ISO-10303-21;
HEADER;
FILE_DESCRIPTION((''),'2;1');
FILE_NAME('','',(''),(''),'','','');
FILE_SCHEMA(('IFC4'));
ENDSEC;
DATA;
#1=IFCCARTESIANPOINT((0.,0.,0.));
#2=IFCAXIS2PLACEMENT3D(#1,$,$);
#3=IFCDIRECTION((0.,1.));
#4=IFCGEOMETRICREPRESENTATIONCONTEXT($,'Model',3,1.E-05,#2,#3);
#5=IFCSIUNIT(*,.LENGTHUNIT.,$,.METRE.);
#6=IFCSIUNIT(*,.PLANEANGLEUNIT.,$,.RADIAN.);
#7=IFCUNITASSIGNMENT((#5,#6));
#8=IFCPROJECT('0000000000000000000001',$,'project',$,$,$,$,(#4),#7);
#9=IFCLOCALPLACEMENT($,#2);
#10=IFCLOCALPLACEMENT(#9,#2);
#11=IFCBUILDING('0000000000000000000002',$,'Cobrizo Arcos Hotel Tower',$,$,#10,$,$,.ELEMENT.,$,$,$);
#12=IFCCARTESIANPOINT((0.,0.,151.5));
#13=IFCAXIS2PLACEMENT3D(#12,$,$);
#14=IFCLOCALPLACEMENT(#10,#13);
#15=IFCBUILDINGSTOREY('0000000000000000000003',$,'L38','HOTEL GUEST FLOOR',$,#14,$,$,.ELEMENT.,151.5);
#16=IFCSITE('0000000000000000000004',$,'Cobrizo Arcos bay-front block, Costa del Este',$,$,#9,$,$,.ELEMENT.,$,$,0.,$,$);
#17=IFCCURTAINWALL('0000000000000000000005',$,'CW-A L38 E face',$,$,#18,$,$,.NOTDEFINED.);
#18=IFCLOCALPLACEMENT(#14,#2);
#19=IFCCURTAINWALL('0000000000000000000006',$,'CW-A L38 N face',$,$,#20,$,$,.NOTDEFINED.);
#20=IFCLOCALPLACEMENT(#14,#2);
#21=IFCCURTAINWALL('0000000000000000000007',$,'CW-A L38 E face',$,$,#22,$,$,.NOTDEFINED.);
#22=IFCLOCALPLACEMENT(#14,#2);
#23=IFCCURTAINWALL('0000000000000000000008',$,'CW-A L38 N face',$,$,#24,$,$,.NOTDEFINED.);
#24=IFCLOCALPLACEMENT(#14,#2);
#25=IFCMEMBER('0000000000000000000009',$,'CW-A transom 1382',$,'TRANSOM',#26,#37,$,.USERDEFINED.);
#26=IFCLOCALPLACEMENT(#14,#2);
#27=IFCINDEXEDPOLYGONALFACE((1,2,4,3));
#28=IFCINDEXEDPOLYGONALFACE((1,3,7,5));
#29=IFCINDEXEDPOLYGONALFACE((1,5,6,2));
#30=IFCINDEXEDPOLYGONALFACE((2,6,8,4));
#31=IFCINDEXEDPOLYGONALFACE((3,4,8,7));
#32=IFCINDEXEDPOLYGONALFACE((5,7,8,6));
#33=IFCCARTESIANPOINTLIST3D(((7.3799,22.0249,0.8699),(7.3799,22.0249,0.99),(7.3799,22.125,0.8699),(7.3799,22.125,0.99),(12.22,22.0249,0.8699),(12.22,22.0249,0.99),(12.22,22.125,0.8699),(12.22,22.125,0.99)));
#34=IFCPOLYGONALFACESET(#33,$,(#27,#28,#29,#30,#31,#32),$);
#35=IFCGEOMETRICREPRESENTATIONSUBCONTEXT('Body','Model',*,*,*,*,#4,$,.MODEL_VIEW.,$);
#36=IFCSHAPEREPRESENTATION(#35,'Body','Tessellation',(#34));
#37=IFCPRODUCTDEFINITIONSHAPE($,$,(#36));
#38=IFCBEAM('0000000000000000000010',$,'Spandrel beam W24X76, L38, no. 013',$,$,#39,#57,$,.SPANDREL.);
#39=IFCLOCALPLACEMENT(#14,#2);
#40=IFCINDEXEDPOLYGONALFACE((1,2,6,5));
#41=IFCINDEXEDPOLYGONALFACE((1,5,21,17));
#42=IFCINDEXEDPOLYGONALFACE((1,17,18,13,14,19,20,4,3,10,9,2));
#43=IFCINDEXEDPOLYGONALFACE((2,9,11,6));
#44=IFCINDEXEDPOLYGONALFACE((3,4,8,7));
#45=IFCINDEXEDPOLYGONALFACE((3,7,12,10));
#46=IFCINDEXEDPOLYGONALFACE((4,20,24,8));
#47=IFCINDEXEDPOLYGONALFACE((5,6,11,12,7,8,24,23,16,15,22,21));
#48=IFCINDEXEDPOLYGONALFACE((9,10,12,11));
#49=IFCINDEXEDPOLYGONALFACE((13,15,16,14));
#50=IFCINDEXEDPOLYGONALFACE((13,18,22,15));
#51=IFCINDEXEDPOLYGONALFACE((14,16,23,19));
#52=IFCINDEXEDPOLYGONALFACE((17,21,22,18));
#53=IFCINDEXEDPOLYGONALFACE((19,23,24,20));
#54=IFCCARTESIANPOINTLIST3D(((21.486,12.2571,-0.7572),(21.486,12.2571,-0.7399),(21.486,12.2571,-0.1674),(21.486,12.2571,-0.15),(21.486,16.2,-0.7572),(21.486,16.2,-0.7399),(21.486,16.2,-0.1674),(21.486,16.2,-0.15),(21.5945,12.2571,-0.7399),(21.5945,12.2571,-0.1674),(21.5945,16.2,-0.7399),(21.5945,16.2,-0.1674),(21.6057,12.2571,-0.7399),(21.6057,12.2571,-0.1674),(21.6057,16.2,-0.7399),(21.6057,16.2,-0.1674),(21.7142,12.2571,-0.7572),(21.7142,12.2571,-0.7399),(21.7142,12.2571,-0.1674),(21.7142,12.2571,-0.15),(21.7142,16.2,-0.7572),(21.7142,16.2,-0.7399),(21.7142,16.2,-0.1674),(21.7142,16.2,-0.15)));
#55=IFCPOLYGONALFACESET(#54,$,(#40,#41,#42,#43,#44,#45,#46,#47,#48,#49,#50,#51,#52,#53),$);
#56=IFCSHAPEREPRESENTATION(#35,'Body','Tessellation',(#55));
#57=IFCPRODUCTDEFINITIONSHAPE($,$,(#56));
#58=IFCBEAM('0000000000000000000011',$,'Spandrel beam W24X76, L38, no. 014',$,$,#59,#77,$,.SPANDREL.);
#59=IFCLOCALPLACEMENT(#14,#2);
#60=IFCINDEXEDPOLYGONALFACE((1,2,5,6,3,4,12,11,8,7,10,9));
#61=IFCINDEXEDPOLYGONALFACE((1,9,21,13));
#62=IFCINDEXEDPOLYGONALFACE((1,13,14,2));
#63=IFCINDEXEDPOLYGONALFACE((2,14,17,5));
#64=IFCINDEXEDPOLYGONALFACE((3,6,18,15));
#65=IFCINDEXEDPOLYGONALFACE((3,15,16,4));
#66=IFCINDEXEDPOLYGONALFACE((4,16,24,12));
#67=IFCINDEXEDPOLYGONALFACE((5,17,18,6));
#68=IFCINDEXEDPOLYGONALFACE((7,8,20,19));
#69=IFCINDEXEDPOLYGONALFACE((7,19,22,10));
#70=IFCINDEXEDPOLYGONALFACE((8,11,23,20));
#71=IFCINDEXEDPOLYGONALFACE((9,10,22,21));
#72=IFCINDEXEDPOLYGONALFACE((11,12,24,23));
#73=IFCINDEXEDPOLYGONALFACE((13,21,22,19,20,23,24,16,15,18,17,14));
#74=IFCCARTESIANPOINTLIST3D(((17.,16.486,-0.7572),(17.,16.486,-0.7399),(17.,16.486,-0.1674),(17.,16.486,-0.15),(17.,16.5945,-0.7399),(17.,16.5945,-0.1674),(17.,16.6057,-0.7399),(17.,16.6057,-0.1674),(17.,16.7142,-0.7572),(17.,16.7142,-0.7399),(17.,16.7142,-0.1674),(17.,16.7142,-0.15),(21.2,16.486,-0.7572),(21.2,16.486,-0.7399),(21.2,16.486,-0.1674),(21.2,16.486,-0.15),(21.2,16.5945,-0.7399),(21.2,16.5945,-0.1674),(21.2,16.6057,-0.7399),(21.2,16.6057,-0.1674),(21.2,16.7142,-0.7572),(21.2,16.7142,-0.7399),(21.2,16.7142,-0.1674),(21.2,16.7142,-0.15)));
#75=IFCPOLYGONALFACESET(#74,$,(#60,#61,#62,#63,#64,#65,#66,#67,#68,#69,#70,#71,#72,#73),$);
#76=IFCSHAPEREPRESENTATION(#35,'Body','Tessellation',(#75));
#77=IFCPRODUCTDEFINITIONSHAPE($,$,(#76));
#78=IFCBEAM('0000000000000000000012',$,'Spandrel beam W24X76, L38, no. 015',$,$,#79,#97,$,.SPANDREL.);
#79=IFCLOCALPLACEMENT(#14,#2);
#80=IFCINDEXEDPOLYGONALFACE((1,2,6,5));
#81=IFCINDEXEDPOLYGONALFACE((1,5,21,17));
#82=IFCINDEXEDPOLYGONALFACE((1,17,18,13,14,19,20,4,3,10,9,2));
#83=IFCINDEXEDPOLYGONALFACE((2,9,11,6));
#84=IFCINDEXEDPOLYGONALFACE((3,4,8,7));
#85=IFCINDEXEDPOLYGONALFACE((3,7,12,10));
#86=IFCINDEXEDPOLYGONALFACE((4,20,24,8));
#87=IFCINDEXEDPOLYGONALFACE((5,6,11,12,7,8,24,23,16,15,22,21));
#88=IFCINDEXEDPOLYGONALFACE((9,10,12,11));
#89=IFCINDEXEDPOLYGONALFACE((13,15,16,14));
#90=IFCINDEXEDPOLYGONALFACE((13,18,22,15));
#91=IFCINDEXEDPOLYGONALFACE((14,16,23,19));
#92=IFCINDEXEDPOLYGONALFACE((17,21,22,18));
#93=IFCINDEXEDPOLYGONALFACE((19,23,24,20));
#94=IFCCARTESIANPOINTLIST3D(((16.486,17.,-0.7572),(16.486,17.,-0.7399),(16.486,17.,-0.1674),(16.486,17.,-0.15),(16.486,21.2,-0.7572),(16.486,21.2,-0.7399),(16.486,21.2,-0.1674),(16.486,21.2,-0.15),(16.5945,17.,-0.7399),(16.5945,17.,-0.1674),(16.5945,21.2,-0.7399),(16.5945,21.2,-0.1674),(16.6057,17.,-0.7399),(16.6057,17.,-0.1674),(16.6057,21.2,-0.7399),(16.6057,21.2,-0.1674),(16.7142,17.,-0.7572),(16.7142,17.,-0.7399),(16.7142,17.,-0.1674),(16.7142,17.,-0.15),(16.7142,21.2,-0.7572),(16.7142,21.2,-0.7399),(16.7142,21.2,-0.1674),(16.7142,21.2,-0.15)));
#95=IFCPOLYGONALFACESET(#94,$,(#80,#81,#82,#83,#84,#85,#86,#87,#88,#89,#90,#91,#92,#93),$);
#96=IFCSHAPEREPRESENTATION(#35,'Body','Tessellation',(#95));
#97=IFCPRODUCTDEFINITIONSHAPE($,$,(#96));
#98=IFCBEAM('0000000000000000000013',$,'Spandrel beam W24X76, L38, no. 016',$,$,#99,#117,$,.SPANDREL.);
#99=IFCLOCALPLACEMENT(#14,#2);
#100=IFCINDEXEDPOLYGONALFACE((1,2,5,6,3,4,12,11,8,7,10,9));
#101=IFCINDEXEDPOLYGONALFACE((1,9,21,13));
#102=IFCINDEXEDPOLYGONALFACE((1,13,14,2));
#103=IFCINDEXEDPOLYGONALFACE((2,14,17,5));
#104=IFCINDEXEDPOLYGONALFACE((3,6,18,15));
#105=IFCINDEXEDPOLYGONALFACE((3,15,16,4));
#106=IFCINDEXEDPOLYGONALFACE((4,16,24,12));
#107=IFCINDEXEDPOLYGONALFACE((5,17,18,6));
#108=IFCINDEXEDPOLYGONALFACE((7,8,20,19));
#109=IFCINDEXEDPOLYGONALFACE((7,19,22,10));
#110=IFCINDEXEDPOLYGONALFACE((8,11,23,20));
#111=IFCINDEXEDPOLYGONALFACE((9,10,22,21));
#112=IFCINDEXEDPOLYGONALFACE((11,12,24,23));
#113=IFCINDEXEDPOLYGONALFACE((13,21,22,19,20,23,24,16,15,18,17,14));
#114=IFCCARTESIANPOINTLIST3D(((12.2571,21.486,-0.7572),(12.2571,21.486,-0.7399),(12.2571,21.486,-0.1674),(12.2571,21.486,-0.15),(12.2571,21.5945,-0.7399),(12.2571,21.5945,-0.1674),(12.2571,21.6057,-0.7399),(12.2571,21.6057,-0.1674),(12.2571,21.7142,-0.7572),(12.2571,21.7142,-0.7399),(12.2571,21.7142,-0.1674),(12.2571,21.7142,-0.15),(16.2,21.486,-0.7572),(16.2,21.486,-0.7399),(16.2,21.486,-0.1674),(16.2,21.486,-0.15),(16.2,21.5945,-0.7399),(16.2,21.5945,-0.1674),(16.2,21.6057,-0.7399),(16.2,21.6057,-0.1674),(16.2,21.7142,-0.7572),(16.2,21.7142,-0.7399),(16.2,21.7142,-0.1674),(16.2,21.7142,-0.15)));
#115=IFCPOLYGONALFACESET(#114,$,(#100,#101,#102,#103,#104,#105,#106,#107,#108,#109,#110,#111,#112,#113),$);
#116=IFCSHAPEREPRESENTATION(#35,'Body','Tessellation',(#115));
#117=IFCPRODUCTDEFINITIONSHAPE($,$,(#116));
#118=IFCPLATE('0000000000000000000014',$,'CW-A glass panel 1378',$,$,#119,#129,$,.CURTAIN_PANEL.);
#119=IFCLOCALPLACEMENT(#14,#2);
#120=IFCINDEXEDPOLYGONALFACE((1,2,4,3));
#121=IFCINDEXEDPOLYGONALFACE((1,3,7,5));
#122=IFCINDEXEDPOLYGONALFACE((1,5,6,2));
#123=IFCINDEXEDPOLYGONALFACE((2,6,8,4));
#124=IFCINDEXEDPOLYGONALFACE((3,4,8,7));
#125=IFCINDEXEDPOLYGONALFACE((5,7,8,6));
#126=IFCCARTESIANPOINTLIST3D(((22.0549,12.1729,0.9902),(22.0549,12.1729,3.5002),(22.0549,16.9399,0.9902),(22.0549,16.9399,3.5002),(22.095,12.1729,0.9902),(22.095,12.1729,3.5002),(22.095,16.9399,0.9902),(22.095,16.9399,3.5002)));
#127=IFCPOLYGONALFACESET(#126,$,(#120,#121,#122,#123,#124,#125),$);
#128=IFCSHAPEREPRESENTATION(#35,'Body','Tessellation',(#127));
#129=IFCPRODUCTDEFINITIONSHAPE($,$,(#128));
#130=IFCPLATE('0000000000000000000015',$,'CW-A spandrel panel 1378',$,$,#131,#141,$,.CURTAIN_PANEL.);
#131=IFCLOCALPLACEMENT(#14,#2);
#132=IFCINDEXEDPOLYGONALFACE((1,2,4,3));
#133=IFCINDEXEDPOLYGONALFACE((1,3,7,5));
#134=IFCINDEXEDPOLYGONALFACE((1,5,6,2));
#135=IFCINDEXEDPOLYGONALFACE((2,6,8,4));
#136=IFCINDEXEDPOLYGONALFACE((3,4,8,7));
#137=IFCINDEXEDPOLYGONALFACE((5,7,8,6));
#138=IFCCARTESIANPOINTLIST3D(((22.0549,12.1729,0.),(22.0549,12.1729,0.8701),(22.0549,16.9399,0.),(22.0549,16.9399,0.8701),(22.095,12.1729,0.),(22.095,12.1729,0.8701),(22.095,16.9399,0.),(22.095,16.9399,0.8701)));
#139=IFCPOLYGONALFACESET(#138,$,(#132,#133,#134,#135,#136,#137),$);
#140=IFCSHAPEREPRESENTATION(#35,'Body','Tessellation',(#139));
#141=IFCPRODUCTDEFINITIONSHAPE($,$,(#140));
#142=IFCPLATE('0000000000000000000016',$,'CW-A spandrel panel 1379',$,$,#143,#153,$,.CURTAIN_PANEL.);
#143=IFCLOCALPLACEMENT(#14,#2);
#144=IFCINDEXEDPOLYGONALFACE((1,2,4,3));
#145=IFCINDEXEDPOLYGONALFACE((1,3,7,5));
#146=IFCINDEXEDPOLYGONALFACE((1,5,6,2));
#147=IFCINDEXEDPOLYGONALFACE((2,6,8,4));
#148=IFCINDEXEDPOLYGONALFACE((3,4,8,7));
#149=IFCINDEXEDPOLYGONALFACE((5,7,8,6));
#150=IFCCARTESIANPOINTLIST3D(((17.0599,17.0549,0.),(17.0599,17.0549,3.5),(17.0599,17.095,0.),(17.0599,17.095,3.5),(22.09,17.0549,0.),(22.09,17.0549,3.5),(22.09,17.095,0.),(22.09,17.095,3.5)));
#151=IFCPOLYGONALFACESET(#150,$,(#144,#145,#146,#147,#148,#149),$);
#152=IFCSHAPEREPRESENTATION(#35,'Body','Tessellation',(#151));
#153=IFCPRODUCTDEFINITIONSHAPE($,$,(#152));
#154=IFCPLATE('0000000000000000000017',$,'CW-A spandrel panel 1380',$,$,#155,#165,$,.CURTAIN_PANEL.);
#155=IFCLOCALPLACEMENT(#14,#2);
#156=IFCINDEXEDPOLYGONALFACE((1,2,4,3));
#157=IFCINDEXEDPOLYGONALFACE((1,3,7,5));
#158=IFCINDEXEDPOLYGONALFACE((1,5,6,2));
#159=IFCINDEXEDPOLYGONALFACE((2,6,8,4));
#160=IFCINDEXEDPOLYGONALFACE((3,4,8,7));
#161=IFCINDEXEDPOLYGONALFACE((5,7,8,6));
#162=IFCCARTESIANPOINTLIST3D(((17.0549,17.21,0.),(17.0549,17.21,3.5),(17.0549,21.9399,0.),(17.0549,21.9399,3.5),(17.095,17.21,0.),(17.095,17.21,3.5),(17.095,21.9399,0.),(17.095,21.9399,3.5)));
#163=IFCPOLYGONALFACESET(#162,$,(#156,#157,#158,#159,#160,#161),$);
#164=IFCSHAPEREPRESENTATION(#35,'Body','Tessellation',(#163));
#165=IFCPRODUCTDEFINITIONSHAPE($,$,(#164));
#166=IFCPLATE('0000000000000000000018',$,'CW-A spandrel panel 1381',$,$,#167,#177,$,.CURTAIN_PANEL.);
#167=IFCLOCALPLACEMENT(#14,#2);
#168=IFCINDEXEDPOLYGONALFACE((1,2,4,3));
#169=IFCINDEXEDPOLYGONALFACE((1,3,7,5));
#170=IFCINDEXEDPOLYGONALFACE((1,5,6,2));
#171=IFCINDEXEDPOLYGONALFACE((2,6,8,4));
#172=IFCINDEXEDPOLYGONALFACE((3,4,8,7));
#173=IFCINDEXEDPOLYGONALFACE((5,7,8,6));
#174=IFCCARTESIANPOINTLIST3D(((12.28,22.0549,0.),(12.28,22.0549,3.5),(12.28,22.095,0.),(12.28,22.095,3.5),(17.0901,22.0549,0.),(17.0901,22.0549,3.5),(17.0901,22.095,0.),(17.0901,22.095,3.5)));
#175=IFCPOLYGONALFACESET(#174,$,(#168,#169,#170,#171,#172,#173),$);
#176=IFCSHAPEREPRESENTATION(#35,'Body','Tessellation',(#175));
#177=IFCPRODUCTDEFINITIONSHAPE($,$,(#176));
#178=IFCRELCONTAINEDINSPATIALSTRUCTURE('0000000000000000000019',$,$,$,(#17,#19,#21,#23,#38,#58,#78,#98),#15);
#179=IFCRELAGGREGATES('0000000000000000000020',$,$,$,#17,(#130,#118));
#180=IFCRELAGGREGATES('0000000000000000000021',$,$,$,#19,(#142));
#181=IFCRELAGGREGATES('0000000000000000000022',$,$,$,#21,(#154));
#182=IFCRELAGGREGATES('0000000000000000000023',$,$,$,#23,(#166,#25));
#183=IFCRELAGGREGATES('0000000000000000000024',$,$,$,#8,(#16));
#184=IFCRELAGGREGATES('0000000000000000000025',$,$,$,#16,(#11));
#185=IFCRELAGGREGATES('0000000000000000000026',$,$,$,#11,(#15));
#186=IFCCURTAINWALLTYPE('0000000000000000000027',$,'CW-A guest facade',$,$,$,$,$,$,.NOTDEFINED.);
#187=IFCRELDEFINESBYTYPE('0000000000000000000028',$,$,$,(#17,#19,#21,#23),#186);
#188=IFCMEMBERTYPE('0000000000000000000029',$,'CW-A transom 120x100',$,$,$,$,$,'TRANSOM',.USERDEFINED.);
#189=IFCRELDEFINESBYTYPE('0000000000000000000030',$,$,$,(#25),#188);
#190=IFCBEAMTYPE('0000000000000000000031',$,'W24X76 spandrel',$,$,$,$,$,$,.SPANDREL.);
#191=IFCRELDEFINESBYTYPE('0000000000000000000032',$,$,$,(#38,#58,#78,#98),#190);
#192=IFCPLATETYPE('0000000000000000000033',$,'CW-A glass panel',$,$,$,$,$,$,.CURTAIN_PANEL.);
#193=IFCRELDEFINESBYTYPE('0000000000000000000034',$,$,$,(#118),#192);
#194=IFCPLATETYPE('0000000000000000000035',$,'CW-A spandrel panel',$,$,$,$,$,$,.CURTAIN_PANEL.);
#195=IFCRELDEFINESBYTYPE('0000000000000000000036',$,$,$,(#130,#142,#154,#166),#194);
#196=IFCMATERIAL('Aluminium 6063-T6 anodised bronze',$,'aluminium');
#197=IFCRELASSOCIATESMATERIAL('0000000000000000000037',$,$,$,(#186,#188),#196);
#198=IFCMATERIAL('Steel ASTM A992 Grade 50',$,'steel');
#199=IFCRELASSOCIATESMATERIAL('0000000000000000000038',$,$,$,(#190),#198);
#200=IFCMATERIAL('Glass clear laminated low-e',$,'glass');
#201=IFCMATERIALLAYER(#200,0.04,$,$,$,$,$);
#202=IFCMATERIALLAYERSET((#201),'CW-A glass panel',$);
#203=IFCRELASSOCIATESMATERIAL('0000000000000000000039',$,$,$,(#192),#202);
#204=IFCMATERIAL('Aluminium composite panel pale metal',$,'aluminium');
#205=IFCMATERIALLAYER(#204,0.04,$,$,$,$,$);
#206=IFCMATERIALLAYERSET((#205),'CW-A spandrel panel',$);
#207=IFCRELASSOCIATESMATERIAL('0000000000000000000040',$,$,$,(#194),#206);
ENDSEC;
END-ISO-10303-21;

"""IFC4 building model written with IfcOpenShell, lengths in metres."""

from ifc_helpers import new_model, si_unit, direction, frame, origin, origin_2d, place, context, subcontext, project, spatial, rectangle, i_section, extrude, material, layer, layer_set, material_profile, profile_set, type_object, element, aggregate, save


model = new_model("IFC4")

# Units and contexts
model_context = context("Model", 3, precision=1e-05, world=origin(), true_north=direction((0.0, 1.0)))
body_context = subcontext(model_context, "Body", "Model", "MODEL_VIEW")
ifc_project = project(units=[si_unit("LENGTHUNIT", "METRE"), si_unit("PLANEANGLEUNIT", "RADIAN")], contexts=[model_context])

# Site, building, storey
site_placement = place(None, origin())
site = spatial("IfcSite", under=ifc_project, at=site_placement, Name="Cobrizo Arcos bay-front block, Costa del Este", CompositionType="ELEMENT", RefElevation=0.0)
building_placement = place(site_placement, origin())
building = spatial("IfcBuilding", under=site, at=building_placement, Name="Cobrizo Arcos Hotel Tower", CompositionType="ELEMENT")
storey_placement = place(building_placement, frame((0.0, 0.0, 151.5)))
storey = spatial("IfcBuildingStorey", under=building, at=storey_placement, Name="L38", Description="HOTEL GUEST FLOOR", CompositionType="ELEMENT", Elevation=151.5)

# Curtain wall
ifc_material_1 = material(Name="Aluminium 6063-T6 anodised bronze", Category="aluminium")
curtain_wall_type = type_object("IfcCurtainWallType", Name="CW-A guest facade", PredefinedType="NOTDEFINED", material=ifc_material_1)
curtain_wall_1_placement = place(storey_placement, origin())
curtain_wall_1 = element("IfcCurtainWall", 1, at=curtain_wall_1_placement, inside=storey, type_object=curtain_wall_type, Name="CW-A L38 E face", PredefinedType="NOTDEFINED")

# Curtain walls
curtain_wall_2_placement = place(storey_placement, origin())
curtain_wall_2 = element("IfcCurtainWall", 2, at=curtain_wall_2_placement, inside=storey, type_object=curtain_wall_type, Name="CW-A L38 N face", PredefinedType="NOTDEFINED")
curtain_wall_3_placement = place(storey_placement, origin())
curtain_wall_3 = element("IfcCurtainWall", 3, at=curtain_wall_3_placement, inside=storey, type_object=curtain_wall_type, Name="CW-A L38 E face", PredefinedType="NOTDEFINED")
curtain_wall_4_placement = place(storey_placement, origin())
curtain_wall_4 = element("IfcCurtainWall", 4, at=curtain_wall_4_placement, inside=storey, type_object=curtain_wall_type, Name="CW-A L38 N face", PredefinedType="NOTDEFINED")

# Member
ifc_material_profile_1 = material_profile(ifc_material_1, rectangle(XDim=0.1001, YDim=0.1201, at=origin_2d()), Name="CW-A transom 120x100")
ifc_profile_set_1 = profile_set([ifc_material_profile_1], Name="Aluminium 6063-T6 anodised bronze")
member_type_1 = type_object("IfcMemberType", Name="CW-A transom 120x100", ElementType="TRANSOM", PredefinedType="USERDEFINED", material=ifc_profile_set_1)
member_1_placement = place(storey_placement, frame((12.22, 22.075, 0.9299), z_axis=(-1.0, 0.0, 0.0), x_axis=(0.0, -1.0, 0.0)))
member_1 = element("IfcMember", 5, at=member_1_placement, type_object=member_type_1, Name="CW-A transom 1382", ObjectType="TRANSOM", PredefinedType="USERDEFINED", context=body_context, shape_type="SweptSolid", body=[
    extrude(rectangle(XDim=0.1001, YDim=0.1201, at=origin_2d()), origin(), (0.0, 0.0, 1.0), 4.8401),
])

# Beams
ifc_material_2 = material(Name="Steel ASTM A992 Grade 50", Category="steel")
ifc_material_profile_2 = material_profile(ifc_material_2, i_section(OverallWidth=0.2283, OverallDepth=0.6072, WebThickness=0.0112, FlangeThickness=0.0173, at=origin_2d()), Name="W24X76")
ifc_profile_set_2 = profile_set([ifc_material_profile_2], Name="Steel ASTM A992 Grade 50")
beam_type_1 = type_object("IfcBeamType", Name="W24X76 spandrel", PredefinedType="SPANDREL", material=ifc_profile_set_2)
beam_1_placement = place(storey_placement, frame((21.6001, 12.2571, -0.4536), z_axis=(0.0, 1.0, 0.0), x_axis=(-1.0, 0.0, 0.0)))
element("IfcBeam", 6, at=beam_1_placement, inside=storey, type_object=beam_type_1, Name="Spandrel beam W24X76, L38, no. 013", PredefinedType="SPANDREL", context=body_context, shape_type="SweptSolid", body=[
    extrude(i_section(OverallWidth=0.2283, OverallDepth=0.6072, WebThickness=0.0112, FlangeThickness=0.0173, at=origin_2d()), origin(), (0.0, 0.0, 1.0), 3.9429),
])
for number, where, z_axis, x_axis, name in (
    (7, (21.2, 16.6001, -0.4536), (-1.0, 0.0, 0.0), (0.0, -1.0, 0.0), "Spandrel beam W24X76, L38, no. 014"),
    (8, (16.6001, 17.0, -0.4536), (0.0, 1.0, 0.0), (-1.0, 0.0, 0.0), "Spandrel beam W24X76, L38, no. 015"),
):
    element("IfcBeam", number, at=place(storey_placement, frame(where, z_axis=z_axis, x_axis=x_axis)), inside=storey, type_object=beam_type_1, Name=name, PredefinedType="SPANDREL", context=body_context, shape_type="SweptSolid", body=[
        extrude(i_section(OverallWidth=0.2283, OverallDepth=0.6072, WebThickness=0.0112, FlangeThickness=0.0173, at=origin_2d()), origin(), (0.0, 0.0, 1.0), 4.2),
    ])
beam_2_placement = place(storey_placement, frame((16.2, 21.6001, -0.4536), z_axis=(-1.0, 0.0, 0.0), x_axis=(0.0, -1.0, 0.0)))
element("IfcBeam", 9, at=beam_2_placement, inside=storey, type_object=beam_type_1, Name="Spandrel beam W24X76, L38, no. 016", PredefinedType="SPANDREL", context=body_context, shape_type="SweptSolid", body=[
    extrude(i_section(OverallWidth=0.2283, OverallDepth=0.6072, WebThickness=0.0112, FlangeThickness=0.0173, at=origin_2d()), origin(), (0.0, 0.0, 1.0), 3.9429),
])

# Plates
ifc_material_3 = material(Name="Glass clear laminated low-e", Category="glass")
ifc_layer_1 = layer(ifc_material_3, 0.04)
ifc_layer_set_1 = layer_set([ifc_layer_1], Name="CW-A glass panel")
plate_type_1 = type_object("IfcPlateType", Name="CW-A glass panel", PredefinedType="CURTAIN_PANEL", material=ifc_layer_set_1)
plate_1_placement = place(storey_placement, frame((22.075, 14.5564, 0.9902), z_axis=(0.0, 0.0, 1.0), x_axis=(0.0, 1.0, 0.0)))
plate_1 = element("IfcPlate", 10, at=plate_1_placement, type_object=plate_type_1, Name="CW-A glass panel 1378", PredefinedType="CURTAIN_PANEL", context=body_context, shape_type="SweptSolid", body=[
    extrude(rectangle(XDim=4.7671, YDim=0.04, at=origin_2d()), origin(), (0.0, 0.0, 1.0), 2.51),
])
ifc_material_4 = material(Name="Aluminium composite panel pale metal", Category="aluminium")
ifc_layer_2 = layer(ifc_material_4, 0.04)
ifc_layer_set_2 = layer_set([ifc_layer_2], Name="CW-A spandrel panel")
plate_type_2 = type_object("IfcPlateType", Name="CW-A spandrel panel", PredefinedType="CURTAIN_PANEL", material=ifc_layer_set_2)
plate_2_placement = place(storey_placement, frame((22.075, 14.5564, 0.0), z_axis=(0.0, 0.0, 1.0), x_axis=(0.0, 1.0, 0.0)))
plate_2 = element("IfcPlate", 11, at=plate_2_placement, type_object=plate_type_2, Name="CW-A spandrel panel 1378", PredefinedType="CURTAIN_PANEL", context=body_context, shape_type="SweptSolid", body=[
    extrude(rectangle(XDim=4.7671, YDim=0.04, at=origin_2d()), origin(), (0.0, 0.0, 1.0), 0.8701),
])
aggregate(curtain_wall_1, [plate_2, plate_1])
plate_3_placement = place(storey_placement, frame((19.575, 17.075, 0.0), z_axis=(0.0, 0.0, 1.0), x_axis=(-1.0, 0.0, 0.0)))
plate_3 = element("IfcPlate", 12, at=plate_3_placement, type_object=plate_type_2, Name="CW-A spandrel panel 1379", PredefinedType="CURTAIN_PANEL", context=body_context, shape_type="SweptSolid", body=[
    extrude(rectangle(XDim=5.03, YDim=0.04, at=origin_2d()), origin(), (0.0, 0.0, 1.0), 3.5),
])
aggregate(curtain_wall_2, [plate_3])
plate_4_placement = place(storey_placement, frame((17.075, 19.575, 0.0), z_axis=(0.0, 0.0, 1.0), x_axis=(0.0, 1.0, 0.0)))
plate_4 = element("IfcPlate", 13, at=plate_4_placement, type_object=plate_type_2, Name="CW-A spandrel panel 1380", PredefinedType="CURTAIN_PANEL", context=body_context, shape_type="SweptSolid", body=[
    extrude(rectangle(XDim=4.73, YDim=0.04, at=origin_2d()), origin(), (0.0, 0.0, 1.0), 3.5),
])
aggregate(curtain_wall_3, [plate_4])
plate_5_placement = place(storey_placement, frame((14.6851, 22.075, 0.0), z_axis=(0.0, 0.0, 1.0), x_axis=(-1.0, 0.0, 0.0)))
plate_5 = element("IfcPlate", 14, at=plate_5_placement, type_object=plate_type_2, Name="CW-A spandrel panel 1381", PredefinedType="CURTAIN_PANEL", context=body_context, shape_type="SweptSolid", body=[
    extrude(rectangle(XDim=4.8101, YDim=0.04, at=origin_2d()), origin(), (0.0, 0.0, 1.0), 3.5),
])
aggregate(curtain_wall_4, [plate_5, member_1])

save(model, "model.ifc")
